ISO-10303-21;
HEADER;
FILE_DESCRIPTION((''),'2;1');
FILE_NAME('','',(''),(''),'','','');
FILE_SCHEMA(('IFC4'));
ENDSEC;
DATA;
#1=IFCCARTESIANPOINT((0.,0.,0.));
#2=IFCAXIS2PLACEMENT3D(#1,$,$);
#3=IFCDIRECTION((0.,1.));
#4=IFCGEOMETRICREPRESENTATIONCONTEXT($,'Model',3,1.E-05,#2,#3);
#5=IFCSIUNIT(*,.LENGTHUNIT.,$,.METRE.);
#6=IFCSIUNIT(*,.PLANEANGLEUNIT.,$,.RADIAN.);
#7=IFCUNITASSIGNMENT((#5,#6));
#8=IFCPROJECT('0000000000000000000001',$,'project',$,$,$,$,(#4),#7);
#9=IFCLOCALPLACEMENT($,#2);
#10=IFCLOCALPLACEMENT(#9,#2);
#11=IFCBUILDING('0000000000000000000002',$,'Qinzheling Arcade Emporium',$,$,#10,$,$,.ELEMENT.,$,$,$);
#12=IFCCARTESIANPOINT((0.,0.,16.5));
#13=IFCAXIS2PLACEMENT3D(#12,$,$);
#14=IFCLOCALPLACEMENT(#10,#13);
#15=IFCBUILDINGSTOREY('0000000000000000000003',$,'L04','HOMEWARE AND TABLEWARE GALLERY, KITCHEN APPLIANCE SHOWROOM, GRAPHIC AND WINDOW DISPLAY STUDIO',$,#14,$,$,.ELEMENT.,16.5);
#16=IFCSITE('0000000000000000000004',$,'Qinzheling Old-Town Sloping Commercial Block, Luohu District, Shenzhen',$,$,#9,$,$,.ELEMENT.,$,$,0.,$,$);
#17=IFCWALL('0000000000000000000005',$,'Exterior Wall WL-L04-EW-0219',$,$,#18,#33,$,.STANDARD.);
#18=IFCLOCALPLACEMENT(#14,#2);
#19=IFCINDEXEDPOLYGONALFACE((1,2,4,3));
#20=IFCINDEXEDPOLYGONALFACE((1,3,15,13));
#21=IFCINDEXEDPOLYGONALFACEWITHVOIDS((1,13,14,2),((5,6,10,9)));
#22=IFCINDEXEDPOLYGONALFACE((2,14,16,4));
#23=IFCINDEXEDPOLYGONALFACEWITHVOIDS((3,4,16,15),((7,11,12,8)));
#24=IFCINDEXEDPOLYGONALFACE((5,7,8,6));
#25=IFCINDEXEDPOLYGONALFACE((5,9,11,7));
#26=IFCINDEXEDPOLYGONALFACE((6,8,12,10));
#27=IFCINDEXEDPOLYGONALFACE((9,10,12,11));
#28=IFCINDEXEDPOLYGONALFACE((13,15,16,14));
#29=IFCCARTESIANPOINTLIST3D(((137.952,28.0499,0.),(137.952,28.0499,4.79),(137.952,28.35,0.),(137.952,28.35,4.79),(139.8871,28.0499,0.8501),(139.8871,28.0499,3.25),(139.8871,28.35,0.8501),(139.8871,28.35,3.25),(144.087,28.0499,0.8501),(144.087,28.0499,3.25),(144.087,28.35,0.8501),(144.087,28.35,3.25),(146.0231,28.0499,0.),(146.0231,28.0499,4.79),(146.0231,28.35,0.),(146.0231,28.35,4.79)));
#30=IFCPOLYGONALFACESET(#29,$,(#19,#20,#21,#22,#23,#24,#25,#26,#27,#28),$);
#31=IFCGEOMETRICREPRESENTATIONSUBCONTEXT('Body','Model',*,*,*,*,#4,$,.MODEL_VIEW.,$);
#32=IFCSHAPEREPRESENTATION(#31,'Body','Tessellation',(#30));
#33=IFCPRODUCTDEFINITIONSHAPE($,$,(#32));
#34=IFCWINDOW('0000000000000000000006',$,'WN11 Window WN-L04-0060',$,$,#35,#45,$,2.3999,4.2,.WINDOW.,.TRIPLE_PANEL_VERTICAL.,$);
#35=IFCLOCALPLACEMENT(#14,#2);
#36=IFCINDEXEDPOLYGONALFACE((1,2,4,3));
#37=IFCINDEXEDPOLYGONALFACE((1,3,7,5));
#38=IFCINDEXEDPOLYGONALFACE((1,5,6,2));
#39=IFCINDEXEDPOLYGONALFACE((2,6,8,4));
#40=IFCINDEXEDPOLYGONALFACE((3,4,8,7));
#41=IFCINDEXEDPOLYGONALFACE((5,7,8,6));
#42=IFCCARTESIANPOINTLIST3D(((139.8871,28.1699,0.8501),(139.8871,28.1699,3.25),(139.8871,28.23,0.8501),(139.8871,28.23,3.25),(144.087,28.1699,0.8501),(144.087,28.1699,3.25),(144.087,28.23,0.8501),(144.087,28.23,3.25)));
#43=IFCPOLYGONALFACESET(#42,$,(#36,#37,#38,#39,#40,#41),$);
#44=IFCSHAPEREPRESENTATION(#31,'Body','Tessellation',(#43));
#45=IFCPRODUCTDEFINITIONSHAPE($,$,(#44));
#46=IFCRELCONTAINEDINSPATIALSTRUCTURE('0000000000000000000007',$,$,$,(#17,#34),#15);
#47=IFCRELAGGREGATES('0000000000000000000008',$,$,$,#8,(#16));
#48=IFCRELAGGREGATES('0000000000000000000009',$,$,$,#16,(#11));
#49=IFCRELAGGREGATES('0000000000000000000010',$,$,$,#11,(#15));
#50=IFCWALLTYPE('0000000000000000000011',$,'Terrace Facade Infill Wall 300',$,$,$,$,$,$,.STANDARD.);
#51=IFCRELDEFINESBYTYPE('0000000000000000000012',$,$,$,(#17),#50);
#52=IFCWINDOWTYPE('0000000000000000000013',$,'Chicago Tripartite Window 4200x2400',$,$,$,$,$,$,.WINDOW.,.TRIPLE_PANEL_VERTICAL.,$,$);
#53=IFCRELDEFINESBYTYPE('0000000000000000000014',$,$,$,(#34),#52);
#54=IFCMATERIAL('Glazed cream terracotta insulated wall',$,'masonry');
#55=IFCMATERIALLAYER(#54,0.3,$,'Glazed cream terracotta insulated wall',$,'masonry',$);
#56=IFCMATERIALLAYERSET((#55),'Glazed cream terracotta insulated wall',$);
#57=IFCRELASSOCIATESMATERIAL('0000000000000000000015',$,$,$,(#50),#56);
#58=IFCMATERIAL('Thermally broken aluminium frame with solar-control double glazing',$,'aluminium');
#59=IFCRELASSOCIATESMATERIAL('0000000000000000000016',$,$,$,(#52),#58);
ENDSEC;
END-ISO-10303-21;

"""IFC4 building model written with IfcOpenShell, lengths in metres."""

from ifc_helpers import new_model, si_unit, direction, frame, frame_2d, origin, place, context, subcontext, project, spatial, rectangle, extrude, material, layer, layer_set, type_object, element, fill, save


model = new_model("IFC4")

# Units and contexts
model_context = context("Model", 3, precision=1e-05, world=origin(), true_north=direction((0.0, 1.0)))
body_context = subcontext(model_context, "Body", "Model", "MODEL_VIEW")
ifc_project = project(units=[si_unit("LENGTHUNIT", "METRE"), si_unit("PLANEANGLEUNIT", "RADIAN")], contexts=[model_context])

# Site, building, storey
site_placement = place(None, origin())
site = spatial("IfcSite", under=ifc_project, at=site_placement, Name="Qinzheling Old-Town Sloping Commercial Block, Luohu District, Shenzhen", CompositionType="ELEMENT", RefElevation=0.0)
building_placement = place(site_placement, origin())
building = spatial("IfcBuilding", under=site, at=building_placement, Name="Qinzheling Arcade Emporium", CompositionType="ELEMENT")
storey_placement = place(building_placement, frame((0.0, 0.0, 16.5)))
storey = spatial("IfcBuildingStorey", under=building, at=storey_placement, Name="L04", Description="HOMEWARE AND TABLEWARE GALLERY, KITCHEN APPLIANCE SHOWROOM, GRAPHIC AND WINDOW DISPLAY STUDIO", CompositionType="ELEMENT", Elevation=16.5)

# Wall, opening, window
ifc_material_1 = material(Name="Glazed cream terracotta insulated wall", Category="masonry")
ifc_layer_1 = layer(ifc_material_1, 0.3, Name="Glazed cream terracotta insulated wall", Category="masonry")
ifc_layer_set_1 = layer_set([ifc_layer_1], Name="Glazed cream terracotta insulated wall")
wall_type = type_object("IfcWallType", Name="Terrace Facade Infill Wall 300", PredefinedType="STANDARD", material=ifc_layer_set_1)
wall_placement = place(storey_placement, frame((137.9519, 28.2, 0.0), z_axis=(0.0, 0.0, 1.0), x_axis=(1.0, 0.0, 0.0)))
wall = element("IfcWall", 1, at=wall_placement, inside=storey, type_object=wall_type, Name="Exterior Wall WL-L04-EW-0219", PredefinedType="STANDARD", context=body_context, shape_type="SweptSolid", body=[
    extrude(rectangle(XDim=8.071, YDim=0.3, at=frame_2d((4.0356, 0.0))), origin(), (0.0, 0.0, 1.0), 4.79),
])
opening_placement = place(wall_placement, frame((1.9351, 0.0, 0.8501)))
opening = element("IfcOpeningElement", 2, at=opening_placement, cuts=wall, PredefinedType="OPENING", context=body_context, shape_type="SweptSolid", body=[
    extrude(rectangle(XDim=4.2, YDim=2.3999, at=frame_2d((2.1001, 1.2))), frame((0.0, 0.1602, 0.0), z_axis=(0.0, -1.0, 0.0), x_axis=(1.0, 0.0, 0.0)), (0.0, 0.0, 1.0), 0.3201),
])
ifc_material_2 = material(Name="Thermally broken aluminium frame with solar-control double glazing", Category="aluminium")
window_type = type_object("IfcWindowType", Name="Chicago Tripartite Window 4200x2400", PartitioningType="TRIPLE_PANEL_VERTICAL", PredefinedType="WINDOW", material=ifc_material_2)
window_placement = place(opening_placement, origin())
window = element("IfcWindow", 3, at=window_placement, inside=storey, type_object=window_type, Name="WN11 Window WN-L04-0060", OverallHeight=2.3999, OverallWidth=4.2, PartitioningType="TRIPLE_PANEL_VERTICAL", PredefinedType="WINDOW", context=body_context, shape_type="SweptSolid", body=[
    extrude(rectangle(XDim=4.2, YDim=2.3999, at=frame_2d((2.1001, 1.2))), frame((0.0, 0.03, 0.0), z_axis=(0.0, -1.0, 0.0), x_axis=(1.0, 0.0, 0.0)), (0.0, 0.0, 1.0), 0.0601),
])
fill(opening, window)

save(model, "model.ifc")
